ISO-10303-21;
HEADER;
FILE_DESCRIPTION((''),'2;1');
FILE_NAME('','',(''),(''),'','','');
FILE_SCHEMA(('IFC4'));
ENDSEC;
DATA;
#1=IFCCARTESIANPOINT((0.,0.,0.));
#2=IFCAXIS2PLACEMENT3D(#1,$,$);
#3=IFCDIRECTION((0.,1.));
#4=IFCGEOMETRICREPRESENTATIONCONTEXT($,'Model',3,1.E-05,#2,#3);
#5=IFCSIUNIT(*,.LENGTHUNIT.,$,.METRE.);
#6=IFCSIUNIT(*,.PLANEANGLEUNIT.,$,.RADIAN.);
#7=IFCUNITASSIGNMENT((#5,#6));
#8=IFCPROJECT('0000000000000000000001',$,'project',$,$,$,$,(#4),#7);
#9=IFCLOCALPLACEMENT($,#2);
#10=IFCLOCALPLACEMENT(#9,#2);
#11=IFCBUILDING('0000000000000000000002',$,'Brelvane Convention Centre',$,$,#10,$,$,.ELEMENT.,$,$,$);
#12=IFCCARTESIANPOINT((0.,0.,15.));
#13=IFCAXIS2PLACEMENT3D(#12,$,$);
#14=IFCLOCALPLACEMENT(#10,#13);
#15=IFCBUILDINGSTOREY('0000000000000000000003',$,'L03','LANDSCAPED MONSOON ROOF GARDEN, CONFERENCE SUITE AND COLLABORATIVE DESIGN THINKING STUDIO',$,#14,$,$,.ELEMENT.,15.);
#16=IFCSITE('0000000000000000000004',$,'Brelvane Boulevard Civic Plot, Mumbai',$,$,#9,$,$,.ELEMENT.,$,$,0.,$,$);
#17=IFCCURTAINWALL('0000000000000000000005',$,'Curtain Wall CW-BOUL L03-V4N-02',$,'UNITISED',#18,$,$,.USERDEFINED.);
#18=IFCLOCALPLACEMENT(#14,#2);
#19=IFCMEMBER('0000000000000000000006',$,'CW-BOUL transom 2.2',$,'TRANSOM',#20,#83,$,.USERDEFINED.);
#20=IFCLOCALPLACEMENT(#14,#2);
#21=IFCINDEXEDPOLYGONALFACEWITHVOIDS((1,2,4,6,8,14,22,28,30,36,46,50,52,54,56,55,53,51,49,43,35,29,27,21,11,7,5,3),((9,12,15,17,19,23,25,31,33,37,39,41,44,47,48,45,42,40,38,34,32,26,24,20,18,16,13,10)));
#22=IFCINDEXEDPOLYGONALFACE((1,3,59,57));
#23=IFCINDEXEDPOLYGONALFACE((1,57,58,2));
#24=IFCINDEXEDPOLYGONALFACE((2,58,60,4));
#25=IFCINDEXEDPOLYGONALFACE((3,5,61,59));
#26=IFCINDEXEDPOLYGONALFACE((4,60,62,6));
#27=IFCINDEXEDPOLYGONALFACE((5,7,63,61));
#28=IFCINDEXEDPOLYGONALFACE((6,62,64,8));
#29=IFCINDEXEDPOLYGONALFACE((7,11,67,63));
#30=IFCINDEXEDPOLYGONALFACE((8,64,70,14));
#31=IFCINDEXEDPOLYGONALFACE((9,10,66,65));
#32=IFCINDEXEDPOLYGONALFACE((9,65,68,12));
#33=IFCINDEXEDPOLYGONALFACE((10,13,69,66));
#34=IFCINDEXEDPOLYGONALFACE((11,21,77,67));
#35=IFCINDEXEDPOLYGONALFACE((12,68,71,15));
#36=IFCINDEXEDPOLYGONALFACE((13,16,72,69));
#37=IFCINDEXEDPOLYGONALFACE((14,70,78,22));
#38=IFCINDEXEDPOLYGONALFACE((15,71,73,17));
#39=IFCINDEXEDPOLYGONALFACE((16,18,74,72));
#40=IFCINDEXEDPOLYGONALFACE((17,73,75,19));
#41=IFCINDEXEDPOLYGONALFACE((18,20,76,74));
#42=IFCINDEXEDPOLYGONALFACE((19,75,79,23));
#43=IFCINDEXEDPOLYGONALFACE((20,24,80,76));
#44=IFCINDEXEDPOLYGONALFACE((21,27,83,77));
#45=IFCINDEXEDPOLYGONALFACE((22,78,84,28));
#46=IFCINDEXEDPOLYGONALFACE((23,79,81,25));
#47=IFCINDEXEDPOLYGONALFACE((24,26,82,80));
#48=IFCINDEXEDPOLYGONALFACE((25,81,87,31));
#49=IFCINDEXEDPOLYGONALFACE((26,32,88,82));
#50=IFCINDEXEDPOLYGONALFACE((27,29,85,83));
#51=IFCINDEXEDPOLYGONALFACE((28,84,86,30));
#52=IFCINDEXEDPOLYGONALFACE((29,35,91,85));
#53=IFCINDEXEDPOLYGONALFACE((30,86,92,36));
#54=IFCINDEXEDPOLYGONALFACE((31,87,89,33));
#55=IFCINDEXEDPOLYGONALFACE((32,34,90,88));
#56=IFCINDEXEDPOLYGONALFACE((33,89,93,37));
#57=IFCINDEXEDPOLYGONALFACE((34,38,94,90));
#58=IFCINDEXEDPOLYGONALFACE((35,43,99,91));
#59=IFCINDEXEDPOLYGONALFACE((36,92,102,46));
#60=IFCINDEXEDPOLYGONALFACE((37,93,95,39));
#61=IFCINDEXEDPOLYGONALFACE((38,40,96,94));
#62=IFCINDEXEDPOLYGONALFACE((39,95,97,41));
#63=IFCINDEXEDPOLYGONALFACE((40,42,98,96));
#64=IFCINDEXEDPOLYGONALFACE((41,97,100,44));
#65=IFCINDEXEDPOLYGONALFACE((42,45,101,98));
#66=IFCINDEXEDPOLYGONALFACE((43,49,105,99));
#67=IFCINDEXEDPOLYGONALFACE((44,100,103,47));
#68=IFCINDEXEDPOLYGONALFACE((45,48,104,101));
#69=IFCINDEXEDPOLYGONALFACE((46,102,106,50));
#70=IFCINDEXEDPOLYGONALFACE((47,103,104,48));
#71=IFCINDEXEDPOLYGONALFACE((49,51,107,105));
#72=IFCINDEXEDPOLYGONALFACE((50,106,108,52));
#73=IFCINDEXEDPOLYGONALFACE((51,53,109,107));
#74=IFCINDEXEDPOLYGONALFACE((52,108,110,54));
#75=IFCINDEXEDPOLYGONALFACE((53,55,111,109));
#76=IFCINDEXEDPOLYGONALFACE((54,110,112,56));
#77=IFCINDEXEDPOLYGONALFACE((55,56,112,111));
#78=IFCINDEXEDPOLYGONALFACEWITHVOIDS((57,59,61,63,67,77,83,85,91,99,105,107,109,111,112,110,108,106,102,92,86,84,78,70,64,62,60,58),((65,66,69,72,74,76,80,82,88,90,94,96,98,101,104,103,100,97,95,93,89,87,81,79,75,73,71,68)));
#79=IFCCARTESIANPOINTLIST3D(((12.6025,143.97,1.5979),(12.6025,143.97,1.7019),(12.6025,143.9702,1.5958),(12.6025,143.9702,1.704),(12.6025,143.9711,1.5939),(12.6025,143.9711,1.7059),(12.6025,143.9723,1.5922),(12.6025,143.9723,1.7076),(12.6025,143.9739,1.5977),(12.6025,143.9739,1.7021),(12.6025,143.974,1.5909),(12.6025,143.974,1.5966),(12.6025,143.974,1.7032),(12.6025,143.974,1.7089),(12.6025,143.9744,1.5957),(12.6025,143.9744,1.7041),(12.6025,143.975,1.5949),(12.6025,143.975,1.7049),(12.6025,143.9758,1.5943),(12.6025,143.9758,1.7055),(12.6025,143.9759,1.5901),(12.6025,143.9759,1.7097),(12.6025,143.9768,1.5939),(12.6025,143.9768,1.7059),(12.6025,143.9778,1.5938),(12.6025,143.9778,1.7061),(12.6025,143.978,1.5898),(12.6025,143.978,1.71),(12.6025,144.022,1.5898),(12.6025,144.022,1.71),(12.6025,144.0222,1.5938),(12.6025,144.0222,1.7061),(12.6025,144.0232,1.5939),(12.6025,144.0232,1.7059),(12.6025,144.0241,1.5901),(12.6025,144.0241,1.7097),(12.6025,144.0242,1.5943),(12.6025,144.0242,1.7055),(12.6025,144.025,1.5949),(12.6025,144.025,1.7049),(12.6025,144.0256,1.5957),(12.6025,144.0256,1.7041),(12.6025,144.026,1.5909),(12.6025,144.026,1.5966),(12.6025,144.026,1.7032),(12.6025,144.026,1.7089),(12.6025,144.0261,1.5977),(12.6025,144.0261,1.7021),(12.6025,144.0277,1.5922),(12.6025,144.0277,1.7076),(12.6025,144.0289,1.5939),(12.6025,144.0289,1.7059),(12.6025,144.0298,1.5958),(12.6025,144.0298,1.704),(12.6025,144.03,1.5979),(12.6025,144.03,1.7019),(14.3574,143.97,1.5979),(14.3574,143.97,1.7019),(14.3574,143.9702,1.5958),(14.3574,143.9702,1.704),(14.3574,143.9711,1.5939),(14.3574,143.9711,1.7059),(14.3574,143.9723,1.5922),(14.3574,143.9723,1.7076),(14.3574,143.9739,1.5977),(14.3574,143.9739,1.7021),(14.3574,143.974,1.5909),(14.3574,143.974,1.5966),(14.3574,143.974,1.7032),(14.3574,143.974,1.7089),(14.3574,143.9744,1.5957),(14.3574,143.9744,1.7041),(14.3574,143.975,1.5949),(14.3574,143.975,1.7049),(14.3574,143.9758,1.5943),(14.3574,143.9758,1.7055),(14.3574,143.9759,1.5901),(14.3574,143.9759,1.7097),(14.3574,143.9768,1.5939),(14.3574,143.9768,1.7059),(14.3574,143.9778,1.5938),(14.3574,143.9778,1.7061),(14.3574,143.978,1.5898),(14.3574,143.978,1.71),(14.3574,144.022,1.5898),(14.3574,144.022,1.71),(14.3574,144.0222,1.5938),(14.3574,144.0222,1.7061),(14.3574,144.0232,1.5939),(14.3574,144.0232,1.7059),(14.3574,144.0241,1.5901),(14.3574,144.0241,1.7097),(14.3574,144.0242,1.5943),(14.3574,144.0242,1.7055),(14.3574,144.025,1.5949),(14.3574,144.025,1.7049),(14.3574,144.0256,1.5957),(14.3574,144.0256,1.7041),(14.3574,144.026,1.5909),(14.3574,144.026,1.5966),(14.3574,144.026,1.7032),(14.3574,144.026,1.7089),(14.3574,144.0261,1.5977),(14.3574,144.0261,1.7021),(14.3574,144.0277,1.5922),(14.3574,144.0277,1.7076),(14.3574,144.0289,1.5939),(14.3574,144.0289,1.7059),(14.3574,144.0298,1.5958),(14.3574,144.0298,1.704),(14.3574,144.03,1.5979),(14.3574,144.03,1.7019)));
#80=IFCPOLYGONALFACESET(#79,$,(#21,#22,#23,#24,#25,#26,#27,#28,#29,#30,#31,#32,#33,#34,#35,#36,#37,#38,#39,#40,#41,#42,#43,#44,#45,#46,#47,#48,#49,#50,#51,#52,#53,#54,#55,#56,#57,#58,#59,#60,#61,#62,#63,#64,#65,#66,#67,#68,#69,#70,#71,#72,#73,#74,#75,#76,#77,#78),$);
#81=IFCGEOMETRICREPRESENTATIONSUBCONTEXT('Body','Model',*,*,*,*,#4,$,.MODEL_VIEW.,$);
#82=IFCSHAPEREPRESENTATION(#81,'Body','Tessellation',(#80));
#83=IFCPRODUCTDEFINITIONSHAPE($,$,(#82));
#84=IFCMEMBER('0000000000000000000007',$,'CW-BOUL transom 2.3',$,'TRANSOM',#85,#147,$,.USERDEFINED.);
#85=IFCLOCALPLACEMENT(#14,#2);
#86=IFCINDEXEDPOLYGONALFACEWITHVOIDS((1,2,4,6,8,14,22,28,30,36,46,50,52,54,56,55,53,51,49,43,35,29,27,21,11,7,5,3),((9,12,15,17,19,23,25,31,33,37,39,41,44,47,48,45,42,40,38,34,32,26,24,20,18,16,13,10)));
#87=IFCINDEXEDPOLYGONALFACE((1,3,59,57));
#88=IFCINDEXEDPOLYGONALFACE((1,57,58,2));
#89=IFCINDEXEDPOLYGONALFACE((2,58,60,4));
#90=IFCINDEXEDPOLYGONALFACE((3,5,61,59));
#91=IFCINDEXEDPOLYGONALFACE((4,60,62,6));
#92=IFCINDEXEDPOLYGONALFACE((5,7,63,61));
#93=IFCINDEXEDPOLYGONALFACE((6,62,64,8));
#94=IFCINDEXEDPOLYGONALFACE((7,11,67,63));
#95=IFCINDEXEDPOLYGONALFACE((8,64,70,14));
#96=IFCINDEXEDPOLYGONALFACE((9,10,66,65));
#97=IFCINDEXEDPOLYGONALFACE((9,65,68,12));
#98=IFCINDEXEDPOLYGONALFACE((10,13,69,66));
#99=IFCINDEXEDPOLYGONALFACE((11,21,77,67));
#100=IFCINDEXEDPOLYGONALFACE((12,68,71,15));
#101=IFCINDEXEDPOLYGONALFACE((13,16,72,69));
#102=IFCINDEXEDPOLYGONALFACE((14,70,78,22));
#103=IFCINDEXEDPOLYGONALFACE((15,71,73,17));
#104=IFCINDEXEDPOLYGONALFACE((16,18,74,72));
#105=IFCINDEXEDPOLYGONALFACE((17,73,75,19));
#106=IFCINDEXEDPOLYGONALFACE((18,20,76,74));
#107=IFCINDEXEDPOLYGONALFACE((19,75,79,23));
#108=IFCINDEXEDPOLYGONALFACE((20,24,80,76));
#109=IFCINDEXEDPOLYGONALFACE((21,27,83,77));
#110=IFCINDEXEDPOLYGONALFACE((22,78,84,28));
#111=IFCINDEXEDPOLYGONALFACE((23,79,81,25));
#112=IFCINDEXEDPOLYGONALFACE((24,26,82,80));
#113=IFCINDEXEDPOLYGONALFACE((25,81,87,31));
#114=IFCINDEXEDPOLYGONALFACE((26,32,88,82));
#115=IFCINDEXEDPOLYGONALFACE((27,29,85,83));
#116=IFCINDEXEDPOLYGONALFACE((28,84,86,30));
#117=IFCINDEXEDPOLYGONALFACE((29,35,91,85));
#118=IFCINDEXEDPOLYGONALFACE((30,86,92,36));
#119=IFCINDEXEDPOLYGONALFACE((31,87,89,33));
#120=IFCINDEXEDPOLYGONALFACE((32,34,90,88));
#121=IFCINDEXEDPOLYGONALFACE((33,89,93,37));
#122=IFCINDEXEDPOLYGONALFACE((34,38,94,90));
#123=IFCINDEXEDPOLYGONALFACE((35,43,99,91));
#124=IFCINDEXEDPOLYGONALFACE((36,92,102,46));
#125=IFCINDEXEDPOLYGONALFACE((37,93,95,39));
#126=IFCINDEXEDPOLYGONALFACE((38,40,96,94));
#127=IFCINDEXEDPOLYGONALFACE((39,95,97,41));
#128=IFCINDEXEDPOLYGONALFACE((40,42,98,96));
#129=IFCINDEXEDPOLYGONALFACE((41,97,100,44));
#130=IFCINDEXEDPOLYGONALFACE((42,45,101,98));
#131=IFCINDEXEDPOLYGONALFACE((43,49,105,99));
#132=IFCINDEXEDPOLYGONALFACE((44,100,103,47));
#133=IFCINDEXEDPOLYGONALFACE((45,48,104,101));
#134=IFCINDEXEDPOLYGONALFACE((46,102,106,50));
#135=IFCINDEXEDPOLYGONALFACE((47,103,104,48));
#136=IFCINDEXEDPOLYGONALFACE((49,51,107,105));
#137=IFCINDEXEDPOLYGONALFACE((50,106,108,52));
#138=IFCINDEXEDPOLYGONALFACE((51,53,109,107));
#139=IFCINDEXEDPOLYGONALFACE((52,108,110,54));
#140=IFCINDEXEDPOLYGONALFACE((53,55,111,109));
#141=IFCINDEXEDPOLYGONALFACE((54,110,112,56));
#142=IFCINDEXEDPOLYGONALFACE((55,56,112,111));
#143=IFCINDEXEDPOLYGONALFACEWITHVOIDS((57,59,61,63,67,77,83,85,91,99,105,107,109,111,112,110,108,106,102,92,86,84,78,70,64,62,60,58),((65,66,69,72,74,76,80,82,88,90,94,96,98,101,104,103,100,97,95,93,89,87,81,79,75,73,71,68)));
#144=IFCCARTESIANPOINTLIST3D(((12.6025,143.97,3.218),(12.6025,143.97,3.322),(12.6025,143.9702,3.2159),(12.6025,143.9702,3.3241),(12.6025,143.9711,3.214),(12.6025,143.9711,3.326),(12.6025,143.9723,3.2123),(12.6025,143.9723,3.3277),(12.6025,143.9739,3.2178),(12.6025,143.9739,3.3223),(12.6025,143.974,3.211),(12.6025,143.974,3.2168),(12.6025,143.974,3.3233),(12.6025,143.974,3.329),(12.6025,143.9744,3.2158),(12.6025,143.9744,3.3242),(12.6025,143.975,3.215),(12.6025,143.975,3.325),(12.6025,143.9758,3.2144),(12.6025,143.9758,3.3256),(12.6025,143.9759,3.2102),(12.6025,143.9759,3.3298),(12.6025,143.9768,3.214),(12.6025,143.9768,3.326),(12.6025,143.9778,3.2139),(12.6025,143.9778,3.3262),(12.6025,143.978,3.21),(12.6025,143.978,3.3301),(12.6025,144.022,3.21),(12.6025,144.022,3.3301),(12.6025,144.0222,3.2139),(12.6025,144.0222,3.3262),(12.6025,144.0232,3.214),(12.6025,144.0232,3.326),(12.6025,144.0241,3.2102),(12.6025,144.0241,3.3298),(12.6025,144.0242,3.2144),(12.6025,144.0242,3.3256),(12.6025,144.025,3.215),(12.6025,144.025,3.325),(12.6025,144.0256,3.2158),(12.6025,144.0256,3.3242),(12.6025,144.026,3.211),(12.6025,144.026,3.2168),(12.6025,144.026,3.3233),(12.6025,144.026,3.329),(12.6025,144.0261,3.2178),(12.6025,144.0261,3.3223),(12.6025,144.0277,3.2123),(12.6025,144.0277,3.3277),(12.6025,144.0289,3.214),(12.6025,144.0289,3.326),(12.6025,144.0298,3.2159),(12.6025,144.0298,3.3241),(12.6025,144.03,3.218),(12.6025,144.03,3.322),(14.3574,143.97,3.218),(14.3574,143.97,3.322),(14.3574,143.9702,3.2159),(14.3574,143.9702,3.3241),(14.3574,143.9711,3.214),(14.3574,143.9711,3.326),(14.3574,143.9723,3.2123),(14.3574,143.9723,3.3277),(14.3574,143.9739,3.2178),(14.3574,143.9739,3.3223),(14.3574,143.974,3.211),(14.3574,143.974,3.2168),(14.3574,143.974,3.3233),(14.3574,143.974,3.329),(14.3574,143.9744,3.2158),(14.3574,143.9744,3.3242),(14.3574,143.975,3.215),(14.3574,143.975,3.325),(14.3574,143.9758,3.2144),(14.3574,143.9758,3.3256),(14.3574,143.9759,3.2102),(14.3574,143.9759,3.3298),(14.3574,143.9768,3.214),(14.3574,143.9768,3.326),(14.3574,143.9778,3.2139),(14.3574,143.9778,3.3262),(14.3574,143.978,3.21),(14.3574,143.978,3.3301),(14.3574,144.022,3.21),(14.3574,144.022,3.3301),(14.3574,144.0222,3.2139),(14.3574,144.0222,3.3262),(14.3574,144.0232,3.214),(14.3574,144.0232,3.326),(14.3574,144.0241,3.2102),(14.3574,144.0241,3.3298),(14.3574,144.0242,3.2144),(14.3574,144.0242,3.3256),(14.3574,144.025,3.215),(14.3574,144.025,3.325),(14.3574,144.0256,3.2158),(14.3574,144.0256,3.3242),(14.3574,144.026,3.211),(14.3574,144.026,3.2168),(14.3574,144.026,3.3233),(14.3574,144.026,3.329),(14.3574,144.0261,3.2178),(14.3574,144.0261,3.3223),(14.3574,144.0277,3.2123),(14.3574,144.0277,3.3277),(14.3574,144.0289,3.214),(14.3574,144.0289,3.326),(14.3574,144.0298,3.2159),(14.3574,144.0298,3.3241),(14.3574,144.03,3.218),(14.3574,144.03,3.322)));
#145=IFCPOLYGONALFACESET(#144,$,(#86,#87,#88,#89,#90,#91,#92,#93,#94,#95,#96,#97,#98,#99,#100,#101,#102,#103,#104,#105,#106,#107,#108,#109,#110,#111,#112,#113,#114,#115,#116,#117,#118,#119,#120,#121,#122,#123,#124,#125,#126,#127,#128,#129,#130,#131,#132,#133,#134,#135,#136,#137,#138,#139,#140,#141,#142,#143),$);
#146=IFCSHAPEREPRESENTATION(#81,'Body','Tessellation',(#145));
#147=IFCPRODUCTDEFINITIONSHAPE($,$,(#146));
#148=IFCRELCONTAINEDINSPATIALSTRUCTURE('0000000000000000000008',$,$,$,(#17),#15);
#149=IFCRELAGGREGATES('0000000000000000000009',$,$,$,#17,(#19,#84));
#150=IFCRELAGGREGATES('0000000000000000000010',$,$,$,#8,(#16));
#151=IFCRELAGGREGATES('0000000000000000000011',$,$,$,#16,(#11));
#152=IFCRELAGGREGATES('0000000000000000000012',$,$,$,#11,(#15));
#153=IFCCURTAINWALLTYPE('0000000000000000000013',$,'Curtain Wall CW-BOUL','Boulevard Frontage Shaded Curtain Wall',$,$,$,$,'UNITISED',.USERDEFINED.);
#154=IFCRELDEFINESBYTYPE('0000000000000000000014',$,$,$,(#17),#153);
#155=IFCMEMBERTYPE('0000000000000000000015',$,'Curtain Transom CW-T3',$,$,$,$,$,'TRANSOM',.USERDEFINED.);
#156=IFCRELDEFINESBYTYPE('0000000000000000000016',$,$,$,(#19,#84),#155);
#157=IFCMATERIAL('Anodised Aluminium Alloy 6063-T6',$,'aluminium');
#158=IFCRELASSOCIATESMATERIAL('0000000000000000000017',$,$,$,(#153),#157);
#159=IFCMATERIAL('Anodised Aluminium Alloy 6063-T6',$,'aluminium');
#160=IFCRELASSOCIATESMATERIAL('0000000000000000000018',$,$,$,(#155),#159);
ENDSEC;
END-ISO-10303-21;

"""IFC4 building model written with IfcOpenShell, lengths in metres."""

from ifc_helpers import new_model, si_unit, direction, frame, origin, origin_2d, place, context, subcontext, project, spatial, hollow_rectangle, extrude, material, material_profile, profile_set, type_object, element, aggregate, save


model = new_model("IFC4")

# Units and contexts
model_context = context("Model", 3, precision=1e-05, world=origin(), true_north=direction((0.0, 1.0)))
body_context = subcontext(model_context, "Body", "Model", "MODEL_VIEW")
ifc_project = project(units=[si_unit("LENGTHUNIT", "METRE"), si_unit("PLANEANGLEUNIT", "RADIAN")], contexts=[model_context])

# Site, building, storey
site_placement = place(None, origin())
site = spatial("IfcSite", under=ifc_project, at=site_placement, Name="Brelvane Boulevard Civic Plot, Mumbai", CompositionType="ELEMENT", RefElevation=0.0)
building_placement = place(site_placement, origin())
building = spatial("IfcBuilding", under=site, at=building_placement, Name="Brelvane Convention Centre", CompositionType="ELEMENT")
storey_placement = place(building_placement, frame((0.0, 0.0, 15.0)))
storey = spatial("IfcBuildingStorey", under=building, at=storey_placement, Name="L03", Description="LANDSCAPED MONSOON ROOF GARDEN, CONFERENCE SUITE AND COLLABORATIVE DESIGN THINKING STUDIO", CompositionType="ELEMENT", Elevation=15.0)

# Curtain wall, members
ifc_material_1 = material(Name="Anodised Aluminium Alloy 6063-T6", Category="aluminium")
curtain_wall_type = type_object("IfcCurtainWallType", Name="Curtain Wall CW-BOUL", Description="Boulevard Frontage Shaded Curtain Wall", ElementType="UNITISED", PredefinedType="USERDEFINED", material=ifc_material_1)
curtain_wall_placement = place(storey_placement, origin())
curtain_wall = element("IfcCurtainWall", 1, at=curtain_wall_placement, inside=storey, type_object=curtain_wall_type, Name="Curtain Wall CW-BOUL L03-V4N-02", ObjectType="UNITISED", PredefinedType="USERDEFINED")
ifc_material_2 = material(Name="Anodised Aluminium Alloy 6063-T6", Category="aluminium")
ifc_material_profile_1 = material_profile(ifc_material_2, hollow_rectangle(XDim=0.0601, YDim=0.1201, WallThickness=0.0039, InnerFilletRadius=0.0039, OuterFilletRadius=0.0081, at=origin_2d()), Name="ALU-T 120x60x4.0")
ifc_profile_set_1 = profile_set([ifc_material_profile_1], Name="Anodised Aluminium Alloy 6063-T6")
member_type_1 = type_object("IfcMemberType", Name="Curtain Transom CW-T3", ElementType="TRANSOM", PredefinedType="USERDEFINED", material=ifc_profile_set_1)
member_1_placement = place(storey_placement, frame((12.6025, 144.0, 1.6499), z_axis=(1.0, 0.0, 0.0), x_axis=(0.0, 1.0, 0.0)))
member_1 = element("IfcMember", 2, at=member_1_placement, type_object=member_type_1, Name="CW-BOUL transom 2.2", ObjectType="TRANSOM", PredefinedType="USERDEFINED", context=body_context, shape_type="SweptSolid", body=[
    extrude(hollow_rectangle(XDim=0.0601, YDim=0.1201, WallThickness=0.0039, InnerFilletRadius=0.0039, OuterFilletRadius=0.0081, at=origin_2d()), origin(), (0.0, 0.0, 1.0), 1.7549),
])
member_2_placement = place(storey_placement, frame((12.6025, 144.0, 3.27), z_axis=(1.0, 0.0, 0.0), x_axis=(0.0, 1.0, 0.0)))
member_2 = element("IfcMember", 3, at=member_2_placement, type_object=member_type_1, Name="CW-BOUL transom 2.3", ObjectType="TRANSOM", PredefinedType="USERDEFINED", context=body_context, shape_type="SweptSolid", body=[
    extrude(hollow_rectangle(XDim=0.0601, YDim=0.1201, WallThickness=0.0039, InnerFilletRadius=0.0039, OuterFilletRadius=0.0081, at=origin_2d()), origin(), (0.0, 0.0, 1.0), 1.7549),
])

aggregate(curtain_wall, [member_1, member_2])

save(model, "model.ifc")
